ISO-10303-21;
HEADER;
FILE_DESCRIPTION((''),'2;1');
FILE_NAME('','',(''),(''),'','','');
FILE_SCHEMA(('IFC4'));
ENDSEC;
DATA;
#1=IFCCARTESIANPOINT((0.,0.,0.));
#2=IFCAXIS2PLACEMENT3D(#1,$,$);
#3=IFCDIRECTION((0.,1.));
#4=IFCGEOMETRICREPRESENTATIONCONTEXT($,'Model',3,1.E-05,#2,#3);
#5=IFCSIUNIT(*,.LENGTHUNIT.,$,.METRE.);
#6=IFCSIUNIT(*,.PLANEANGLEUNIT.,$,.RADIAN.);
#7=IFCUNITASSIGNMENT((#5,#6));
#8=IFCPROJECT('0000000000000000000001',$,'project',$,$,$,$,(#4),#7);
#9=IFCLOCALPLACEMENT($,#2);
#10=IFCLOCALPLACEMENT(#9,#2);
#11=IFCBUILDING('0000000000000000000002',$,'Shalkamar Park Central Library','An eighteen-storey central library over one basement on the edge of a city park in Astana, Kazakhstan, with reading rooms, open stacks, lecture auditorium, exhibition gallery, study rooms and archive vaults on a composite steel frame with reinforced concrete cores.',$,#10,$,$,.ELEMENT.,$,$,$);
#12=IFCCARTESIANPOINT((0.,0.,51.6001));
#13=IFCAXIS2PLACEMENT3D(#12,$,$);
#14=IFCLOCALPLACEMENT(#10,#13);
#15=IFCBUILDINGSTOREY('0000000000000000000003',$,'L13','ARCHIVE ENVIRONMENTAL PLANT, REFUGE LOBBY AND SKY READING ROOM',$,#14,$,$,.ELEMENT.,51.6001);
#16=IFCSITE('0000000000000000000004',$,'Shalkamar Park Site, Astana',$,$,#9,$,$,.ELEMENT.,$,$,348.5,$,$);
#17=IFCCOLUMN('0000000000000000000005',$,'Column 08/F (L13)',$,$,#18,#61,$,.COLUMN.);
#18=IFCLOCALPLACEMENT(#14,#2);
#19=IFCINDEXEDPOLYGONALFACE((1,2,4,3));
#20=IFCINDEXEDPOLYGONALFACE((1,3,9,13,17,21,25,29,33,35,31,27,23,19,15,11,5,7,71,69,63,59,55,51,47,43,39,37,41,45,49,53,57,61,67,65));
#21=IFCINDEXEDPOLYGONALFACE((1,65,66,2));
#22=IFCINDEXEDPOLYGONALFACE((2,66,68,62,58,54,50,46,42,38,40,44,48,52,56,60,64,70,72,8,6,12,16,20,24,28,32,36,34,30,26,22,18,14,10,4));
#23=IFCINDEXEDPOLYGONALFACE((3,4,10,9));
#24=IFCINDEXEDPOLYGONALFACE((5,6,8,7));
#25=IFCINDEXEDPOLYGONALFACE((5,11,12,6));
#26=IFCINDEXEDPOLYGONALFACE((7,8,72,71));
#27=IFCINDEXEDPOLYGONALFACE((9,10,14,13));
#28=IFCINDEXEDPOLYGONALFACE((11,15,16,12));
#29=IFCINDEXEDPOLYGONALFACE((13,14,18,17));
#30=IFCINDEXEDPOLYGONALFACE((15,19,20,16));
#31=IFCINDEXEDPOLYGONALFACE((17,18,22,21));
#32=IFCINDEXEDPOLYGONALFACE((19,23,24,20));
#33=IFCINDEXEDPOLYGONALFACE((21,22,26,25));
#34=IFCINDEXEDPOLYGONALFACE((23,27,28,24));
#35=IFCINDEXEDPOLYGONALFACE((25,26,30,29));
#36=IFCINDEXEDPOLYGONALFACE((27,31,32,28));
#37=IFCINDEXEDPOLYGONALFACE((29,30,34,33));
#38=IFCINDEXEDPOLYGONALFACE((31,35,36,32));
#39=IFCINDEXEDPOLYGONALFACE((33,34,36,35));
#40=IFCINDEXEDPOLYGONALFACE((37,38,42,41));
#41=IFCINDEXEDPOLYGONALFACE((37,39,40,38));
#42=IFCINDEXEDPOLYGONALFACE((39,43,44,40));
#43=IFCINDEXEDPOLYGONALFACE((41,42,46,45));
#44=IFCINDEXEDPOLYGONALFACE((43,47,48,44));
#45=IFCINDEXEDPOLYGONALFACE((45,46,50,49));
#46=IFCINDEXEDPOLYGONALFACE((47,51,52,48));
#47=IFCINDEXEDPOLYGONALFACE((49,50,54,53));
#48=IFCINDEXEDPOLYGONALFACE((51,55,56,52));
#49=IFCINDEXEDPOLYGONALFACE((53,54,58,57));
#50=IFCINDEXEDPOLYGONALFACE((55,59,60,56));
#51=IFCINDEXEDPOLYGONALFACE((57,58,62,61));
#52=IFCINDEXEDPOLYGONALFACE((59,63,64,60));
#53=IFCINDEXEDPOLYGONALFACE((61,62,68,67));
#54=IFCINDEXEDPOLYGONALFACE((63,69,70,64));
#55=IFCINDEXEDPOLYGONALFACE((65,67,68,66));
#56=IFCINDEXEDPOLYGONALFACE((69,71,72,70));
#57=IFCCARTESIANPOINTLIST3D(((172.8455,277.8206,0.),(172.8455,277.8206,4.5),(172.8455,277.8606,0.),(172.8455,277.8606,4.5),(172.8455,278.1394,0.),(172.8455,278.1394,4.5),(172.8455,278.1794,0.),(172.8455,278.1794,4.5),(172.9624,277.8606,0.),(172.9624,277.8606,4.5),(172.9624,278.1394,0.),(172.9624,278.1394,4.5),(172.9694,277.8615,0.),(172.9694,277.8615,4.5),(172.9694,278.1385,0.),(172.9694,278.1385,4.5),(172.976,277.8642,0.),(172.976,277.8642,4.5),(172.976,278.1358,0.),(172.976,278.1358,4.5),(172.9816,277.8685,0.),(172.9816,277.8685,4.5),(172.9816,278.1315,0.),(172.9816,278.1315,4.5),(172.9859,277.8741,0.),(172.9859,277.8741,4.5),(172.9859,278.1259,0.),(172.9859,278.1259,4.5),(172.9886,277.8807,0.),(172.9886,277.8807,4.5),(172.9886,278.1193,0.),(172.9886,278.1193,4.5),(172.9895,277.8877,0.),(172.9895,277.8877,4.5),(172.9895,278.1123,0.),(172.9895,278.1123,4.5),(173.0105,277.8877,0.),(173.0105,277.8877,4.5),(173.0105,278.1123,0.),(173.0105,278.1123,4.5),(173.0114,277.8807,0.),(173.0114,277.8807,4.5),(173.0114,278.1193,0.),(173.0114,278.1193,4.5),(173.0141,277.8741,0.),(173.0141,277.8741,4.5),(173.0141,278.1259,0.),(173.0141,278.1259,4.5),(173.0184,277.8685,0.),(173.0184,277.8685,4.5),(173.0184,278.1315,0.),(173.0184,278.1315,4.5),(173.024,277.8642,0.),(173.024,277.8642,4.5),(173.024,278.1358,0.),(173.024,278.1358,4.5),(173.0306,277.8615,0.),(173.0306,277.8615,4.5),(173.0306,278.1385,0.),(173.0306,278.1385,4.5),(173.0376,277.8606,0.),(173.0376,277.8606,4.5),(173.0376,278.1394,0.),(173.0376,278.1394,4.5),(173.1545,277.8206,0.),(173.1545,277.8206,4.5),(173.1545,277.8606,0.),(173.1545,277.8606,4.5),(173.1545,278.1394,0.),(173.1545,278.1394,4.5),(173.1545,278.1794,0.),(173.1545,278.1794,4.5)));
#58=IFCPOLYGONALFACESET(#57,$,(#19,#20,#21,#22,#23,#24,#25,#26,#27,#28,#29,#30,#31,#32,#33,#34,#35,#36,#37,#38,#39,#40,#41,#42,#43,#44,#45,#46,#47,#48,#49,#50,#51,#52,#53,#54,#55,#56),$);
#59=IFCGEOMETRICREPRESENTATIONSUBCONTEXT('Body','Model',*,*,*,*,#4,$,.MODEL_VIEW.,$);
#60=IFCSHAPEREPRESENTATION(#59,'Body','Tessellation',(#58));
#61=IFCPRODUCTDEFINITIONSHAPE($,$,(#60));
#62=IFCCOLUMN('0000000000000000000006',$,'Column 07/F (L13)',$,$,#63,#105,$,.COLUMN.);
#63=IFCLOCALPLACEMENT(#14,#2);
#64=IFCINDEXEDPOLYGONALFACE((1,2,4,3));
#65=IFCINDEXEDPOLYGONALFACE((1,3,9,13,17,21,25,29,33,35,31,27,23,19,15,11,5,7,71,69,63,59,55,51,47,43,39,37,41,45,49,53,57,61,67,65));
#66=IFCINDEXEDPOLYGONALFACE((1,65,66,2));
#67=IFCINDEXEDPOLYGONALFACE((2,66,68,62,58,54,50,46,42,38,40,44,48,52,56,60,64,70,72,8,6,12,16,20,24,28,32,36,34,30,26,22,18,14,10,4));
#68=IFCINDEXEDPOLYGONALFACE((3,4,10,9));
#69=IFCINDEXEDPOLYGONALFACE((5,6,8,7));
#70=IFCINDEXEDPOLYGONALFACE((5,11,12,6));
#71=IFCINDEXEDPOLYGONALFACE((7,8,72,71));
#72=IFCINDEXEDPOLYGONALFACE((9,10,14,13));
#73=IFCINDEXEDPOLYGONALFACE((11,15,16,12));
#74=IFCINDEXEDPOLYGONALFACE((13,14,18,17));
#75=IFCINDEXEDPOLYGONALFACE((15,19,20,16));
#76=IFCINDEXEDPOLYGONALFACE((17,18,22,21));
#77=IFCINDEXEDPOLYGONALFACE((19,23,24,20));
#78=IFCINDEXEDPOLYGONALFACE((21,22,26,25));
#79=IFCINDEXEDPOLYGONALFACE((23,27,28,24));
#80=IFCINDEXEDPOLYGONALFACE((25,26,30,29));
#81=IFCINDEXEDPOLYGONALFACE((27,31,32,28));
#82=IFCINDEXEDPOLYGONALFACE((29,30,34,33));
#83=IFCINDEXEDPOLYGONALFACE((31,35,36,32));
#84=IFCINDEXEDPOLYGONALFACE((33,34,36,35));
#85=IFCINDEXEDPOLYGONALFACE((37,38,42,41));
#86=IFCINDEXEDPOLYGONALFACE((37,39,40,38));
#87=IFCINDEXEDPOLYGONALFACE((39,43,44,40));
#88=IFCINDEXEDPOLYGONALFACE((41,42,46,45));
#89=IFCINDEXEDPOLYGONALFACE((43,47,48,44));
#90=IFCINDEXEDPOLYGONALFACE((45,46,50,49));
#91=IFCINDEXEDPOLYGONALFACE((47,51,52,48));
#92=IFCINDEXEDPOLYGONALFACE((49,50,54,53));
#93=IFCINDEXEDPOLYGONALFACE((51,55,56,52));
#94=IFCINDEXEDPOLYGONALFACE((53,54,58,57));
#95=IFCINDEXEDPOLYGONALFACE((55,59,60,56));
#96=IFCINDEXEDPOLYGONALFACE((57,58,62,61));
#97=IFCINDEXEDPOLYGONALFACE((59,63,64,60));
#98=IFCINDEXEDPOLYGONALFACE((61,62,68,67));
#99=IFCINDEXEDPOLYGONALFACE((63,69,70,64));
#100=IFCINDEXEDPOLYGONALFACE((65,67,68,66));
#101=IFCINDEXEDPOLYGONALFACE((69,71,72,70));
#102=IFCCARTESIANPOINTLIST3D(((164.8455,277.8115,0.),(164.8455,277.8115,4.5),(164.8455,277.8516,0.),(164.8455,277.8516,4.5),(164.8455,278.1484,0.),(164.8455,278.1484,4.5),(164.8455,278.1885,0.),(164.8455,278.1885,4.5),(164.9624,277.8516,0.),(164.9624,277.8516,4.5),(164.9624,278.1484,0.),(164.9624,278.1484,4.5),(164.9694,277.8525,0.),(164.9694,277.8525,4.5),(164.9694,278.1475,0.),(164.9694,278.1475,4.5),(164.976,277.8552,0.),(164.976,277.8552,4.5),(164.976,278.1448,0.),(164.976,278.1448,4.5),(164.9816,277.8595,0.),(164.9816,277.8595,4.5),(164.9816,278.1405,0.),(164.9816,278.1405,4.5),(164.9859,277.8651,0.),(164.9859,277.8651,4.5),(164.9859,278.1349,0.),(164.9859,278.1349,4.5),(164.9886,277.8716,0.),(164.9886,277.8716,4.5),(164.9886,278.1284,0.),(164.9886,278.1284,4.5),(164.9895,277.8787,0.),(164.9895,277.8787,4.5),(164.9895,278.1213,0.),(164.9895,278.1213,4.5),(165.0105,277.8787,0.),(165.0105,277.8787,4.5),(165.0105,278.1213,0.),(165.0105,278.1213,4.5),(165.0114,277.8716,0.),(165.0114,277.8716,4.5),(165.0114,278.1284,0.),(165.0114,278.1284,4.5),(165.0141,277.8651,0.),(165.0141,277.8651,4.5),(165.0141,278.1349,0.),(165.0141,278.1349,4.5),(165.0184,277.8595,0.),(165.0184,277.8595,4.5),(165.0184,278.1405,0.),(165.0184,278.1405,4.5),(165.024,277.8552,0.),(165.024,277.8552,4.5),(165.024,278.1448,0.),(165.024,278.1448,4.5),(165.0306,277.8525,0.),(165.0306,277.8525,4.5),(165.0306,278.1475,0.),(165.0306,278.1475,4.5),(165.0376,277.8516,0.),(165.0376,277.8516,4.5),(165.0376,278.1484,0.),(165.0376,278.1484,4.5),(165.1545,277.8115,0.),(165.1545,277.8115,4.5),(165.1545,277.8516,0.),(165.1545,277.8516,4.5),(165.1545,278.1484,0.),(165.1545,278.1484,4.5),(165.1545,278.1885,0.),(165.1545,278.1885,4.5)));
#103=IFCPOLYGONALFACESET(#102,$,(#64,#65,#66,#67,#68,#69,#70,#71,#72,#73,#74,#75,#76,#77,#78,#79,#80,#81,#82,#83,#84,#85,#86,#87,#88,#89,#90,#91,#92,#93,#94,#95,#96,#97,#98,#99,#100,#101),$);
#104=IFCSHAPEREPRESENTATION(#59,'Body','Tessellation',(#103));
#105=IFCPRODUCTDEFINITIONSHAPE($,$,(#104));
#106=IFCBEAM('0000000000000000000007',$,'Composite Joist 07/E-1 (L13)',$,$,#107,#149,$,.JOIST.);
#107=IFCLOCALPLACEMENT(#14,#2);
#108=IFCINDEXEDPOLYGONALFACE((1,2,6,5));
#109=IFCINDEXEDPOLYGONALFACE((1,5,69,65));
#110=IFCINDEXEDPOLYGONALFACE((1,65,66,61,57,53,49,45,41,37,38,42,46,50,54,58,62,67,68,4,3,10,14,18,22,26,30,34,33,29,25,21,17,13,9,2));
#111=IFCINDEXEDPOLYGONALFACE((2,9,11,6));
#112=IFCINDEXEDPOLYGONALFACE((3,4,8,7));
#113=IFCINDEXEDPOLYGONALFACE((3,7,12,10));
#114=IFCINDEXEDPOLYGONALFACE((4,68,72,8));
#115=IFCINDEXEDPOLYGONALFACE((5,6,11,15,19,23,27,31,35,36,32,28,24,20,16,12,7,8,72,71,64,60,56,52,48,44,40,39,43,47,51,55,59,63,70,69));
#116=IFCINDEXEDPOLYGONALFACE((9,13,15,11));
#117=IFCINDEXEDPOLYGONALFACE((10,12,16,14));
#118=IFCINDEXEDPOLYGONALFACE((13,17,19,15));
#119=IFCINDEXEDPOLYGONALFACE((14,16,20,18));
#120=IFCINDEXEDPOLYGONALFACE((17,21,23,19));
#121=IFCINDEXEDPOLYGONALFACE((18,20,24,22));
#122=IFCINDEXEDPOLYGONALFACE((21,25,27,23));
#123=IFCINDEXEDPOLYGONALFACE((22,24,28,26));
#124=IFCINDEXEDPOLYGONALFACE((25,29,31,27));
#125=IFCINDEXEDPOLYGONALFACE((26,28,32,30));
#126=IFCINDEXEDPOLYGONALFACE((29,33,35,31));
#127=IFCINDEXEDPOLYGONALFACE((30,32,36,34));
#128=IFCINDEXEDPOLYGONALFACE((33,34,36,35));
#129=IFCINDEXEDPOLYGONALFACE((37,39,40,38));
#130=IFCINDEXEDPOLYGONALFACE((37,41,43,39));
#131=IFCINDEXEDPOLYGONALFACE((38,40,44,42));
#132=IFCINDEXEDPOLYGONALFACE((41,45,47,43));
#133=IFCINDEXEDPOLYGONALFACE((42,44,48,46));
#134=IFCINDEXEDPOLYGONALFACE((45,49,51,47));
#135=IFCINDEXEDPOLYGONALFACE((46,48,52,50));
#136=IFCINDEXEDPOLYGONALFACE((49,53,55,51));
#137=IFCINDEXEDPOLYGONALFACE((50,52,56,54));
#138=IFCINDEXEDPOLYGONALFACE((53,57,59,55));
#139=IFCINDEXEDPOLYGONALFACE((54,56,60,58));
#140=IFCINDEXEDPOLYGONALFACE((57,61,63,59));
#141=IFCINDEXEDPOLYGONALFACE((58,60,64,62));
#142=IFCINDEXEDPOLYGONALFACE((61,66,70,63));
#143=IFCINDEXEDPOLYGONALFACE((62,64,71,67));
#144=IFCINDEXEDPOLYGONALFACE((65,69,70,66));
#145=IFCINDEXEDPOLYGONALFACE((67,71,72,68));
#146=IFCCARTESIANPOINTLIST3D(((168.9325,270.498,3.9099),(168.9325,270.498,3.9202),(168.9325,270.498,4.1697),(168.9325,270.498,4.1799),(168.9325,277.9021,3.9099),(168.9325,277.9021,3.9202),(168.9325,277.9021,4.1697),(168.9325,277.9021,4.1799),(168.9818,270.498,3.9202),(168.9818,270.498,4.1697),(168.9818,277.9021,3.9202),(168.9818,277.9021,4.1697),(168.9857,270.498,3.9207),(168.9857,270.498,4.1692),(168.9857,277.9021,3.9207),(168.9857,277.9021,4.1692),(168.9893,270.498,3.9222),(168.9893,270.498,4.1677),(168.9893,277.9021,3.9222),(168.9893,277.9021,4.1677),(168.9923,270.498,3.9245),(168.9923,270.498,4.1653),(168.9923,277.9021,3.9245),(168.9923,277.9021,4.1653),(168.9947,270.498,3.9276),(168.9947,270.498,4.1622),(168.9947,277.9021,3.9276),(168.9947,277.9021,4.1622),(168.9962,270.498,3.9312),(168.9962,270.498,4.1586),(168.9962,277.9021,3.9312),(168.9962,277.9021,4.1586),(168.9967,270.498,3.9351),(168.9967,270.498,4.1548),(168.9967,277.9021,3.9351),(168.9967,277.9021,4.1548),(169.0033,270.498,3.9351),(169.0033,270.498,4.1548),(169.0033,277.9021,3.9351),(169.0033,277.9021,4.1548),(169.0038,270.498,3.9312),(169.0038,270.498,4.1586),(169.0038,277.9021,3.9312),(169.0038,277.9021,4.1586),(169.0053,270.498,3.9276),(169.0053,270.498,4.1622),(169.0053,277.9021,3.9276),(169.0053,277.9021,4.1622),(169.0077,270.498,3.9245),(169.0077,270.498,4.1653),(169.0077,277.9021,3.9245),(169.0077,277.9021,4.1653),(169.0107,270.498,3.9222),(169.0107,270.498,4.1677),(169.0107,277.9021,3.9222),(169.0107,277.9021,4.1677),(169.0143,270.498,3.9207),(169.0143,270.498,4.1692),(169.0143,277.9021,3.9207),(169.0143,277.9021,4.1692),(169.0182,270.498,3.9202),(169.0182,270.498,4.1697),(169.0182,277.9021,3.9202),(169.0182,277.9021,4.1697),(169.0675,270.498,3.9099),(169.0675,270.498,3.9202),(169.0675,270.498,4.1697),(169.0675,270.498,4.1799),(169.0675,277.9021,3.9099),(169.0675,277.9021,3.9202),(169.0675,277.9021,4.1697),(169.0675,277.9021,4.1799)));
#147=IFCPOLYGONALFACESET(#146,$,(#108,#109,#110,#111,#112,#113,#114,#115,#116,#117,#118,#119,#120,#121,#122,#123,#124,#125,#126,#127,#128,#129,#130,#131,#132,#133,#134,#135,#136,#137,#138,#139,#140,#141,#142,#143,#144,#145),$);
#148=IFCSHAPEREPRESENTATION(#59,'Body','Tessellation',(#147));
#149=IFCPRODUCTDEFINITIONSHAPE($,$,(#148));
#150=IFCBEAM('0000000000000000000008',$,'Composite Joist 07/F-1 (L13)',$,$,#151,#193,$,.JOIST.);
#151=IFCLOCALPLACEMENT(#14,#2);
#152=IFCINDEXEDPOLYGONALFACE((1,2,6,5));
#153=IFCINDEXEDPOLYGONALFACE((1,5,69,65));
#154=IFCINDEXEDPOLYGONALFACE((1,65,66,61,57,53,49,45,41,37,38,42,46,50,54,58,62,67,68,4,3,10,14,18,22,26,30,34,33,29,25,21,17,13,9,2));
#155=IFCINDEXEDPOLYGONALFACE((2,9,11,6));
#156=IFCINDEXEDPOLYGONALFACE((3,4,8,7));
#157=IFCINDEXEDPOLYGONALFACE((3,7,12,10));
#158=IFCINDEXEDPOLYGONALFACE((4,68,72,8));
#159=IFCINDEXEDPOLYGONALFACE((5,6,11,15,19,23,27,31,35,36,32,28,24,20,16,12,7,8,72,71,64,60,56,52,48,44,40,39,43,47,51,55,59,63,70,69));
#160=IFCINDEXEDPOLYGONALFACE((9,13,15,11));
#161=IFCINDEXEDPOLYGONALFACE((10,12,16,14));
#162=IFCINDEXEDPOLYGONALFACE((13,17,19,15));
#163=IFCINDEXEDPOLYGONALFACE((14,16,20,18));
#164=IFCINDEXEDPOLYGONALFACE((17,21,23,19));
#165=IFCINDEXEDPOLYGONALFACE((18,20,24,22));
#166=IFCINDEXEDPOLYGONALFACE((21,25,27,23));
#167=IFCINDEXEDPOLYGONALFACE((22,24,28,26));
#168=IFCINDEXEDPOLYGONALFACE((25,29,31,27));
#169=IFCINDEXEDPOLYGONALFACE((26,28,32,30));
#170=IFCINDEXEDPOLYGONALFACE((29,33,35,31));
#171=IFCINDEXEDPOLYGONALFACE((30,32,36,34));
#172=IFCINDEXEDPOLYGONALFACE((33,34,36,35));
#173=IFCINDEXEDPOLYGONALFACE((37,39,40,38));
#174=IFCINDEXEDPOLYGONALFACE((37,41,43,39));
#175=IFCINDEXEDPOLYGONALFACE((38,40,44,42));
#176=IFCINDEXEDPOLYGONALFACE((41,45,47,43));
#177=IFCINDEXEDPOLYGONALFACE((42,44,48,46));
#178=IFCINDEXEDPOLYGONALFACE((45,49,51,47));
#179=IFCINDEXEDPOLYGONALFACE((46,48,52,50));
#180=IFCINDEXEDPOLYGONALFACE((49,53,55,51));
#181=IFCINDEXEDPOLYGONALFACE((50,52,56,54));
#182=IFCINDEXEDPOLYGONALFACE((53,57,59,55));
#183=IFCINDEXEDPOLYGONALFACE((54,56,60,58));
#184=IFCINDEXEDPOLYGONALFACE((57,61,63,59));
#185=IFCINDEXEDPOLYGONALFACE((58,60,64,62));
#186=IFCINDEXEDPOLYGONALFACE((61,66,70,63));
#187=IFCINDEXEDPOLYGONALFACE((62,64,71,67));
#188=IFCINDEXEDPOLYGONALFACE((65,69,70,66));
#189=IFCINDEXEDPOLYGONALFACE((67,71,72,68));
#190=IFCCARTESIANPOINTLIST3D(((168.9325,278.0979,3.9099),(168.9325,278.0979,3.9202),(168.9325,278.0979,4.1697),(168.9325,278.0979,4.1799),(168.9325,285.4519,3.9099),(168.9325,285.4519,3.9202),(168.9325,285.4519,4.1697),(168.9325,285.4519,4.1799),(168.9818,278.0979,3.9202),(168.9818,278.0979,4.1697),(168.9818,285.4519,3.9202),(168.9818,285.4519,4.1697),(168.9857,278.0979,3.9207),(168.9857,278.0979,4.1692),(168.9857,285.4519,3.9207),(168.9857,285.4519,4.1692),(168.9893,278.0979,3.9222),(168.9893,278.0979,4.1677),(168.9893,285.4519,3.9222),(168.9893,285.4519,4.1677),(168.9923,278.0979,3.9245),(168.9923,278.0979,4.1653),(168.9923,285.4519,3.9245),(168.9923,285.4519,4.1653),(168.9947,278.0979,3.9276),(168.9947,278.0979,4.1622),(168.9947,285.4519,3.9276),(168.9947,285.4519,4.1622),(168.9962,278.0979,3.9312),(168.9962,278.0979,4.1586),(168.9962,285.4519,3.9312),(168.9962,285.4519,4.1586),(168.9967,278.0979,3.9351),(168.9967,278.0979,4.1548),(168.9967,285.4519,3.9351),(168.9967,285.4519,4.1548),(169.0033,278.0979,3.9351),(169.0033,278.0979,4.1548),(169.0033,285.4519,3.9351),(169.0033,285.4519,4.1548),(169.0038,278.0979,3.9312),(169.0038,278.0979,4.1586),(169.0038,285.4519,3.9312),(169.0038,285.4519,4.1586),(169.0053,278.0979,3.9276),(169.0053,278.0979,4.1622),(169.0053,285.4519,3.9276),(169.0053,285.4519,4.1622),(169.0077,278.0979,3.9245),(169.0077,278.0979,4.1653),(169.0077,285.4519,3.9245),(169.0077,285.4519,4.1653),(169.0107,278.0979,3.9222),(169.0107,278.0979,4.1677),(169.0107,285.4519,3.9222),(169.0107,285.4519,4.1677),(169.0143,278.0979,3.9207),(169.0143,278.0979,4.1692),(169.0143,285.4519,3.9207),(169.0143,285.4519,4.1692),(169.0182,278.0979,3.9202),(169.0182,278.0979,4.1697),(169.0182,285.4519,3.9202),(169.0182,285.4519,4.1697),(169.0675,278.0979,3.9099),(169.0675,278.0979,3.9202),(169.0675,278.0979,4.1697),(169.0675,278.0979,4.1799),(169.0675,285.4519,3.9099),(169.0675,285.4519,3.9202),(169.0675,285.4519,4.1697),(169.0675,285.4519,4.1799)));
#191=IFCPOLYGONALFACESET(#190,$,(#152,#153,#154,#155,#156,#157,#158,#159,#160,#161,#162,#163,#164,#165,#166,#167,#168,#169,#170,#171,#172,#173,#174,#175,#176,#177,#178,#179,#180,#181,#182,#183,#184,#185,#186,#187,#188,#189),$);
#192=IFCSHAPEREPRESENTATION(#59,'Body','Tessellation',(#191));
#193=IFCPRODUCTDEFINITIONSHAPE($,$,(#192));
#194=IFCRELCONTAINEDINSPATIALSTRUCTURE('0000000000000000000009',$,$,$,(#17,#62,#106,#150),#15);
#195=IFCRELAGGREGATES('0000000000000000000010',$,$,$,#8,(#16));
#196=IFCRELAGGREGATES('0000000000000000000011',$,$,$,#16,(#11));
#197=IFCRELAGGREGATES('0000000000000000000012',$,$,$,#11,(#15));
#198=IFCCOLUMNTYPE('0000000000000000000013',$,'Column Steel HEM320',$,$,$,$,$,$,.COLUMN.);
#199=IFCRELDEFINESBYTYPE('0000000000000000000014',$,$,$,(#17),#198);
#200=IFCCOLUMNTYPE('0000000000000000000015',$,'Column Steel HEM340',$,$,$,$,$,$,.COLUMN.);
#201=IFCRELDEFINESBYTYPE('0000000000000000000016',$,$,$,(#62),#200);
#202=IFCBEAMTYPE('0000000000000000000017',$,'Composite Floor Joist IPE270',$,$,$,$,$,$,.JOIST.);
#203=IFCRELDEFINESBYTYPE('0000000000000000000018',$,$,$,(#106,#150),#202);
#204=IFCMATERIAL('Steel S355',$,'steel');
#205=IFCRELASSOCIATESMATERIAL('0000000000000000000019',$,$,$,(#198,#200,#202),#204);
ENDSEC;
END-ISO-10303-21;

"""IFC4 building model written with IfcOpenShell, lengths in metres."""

from ifc_helpers import new_model, si_unit, direction, frame, origin, origin_2d, place, context, subcontext, project, spatial, i_section, extrude, material, material_profile, profile_set, type_object, element, save


model = new_model("IFC4")

# Units and contexts
model_context = context("Model", 3, precision=1e-05, world=origin(), true_north=direction((0.0, 1.0)))
body_context = subcontext(model_context, "Body", "Model", "MODEL_VIEW")
ifc_project = project(units=[si_unit("LENGTHUNIT", "METRE"), si_unit("PLANEANGLEUNIT", "RADIAN")], contexts=[model_context])

# Site, building, storey
site_placement = place(None, origin())
site = spatial("IfcSite", under=ifc_project, at=site_placement, Name="Shalkamar Park Site, Astana", CompositionType="ELEMENT", RefElevation=348.5)
building_placement = place(site_placement, origin())
building = spatial("IfcBuilding", under=site, at=building_placement, Name="Shalkamar Park Central Library", Description="An eighteen-storey central library over one basement on the edge of a city park in Astana, Kazakhstan, with reading rooms, open stacks, lecture auditorium, exhibition gallery, study rooms and archive vaults on a composite steel frame with reinforced concrete cores.", CompositionType="ELEMENT")
storey_placement = place(building_placement, frame((0.0, 0.0, 51.6001)))
storey = spatial("IfcBuildingStorey", under=building, at=storey_placement, Name="L13", Description="ARCHIVE ENVIRONMENTAL PLANT, REFUGE LOBBY AND SKY READING ROOM", CompositionType="ELEMENT", Elevation=51.6001)

# Columns
ifc_material_1 = material(Name="Steel S355", Category="steel")
ifc_material_profile_1 = material_profile(ifc_material_1, i_section(OverallWidth=0.3091, OverallDepth=0.3589, WebThickness=0.021, FlangeThickness=0.04, FilletRadius=0.0271, at=origin_2d()), Name="HEM 320")
ifc_profile_set_1 = profile_set([ifc_material_profile_1], Name="Steel S355")
column_type_1 = type_object("IfcColumnType", Name="Column Steel HEM320", PredefinedType="COLUMN", material=ifc_profile_set_1)
column_1_placement = place(storey_placement, frame((173.0, 278.0, 0.0), z_axis=(0.0, 0.0, 1.0), x_axis=(1.0, 0.0, 0.0)))
element("IfcColumn", 1, at=column_1_placement, inside=storey, type_object=column_type_1, Name="Column 08/F (L13)", PredefinedType="COLUMN", context=body_context, shape_type="SweptSolid", body=[
    extrude(i_section(OverallWidth=0.3091, OverallDepth=0.3589, WebThickness=0.021, FlangeThickness=0.04, FilletRadius=0.0271, at=origin_2d()), origin(), (0.0, 0.0, 1.0), 4.5),
])
ifc_material_profile_2 = material_profile(ifc_material_1, i_section(OverallWidth=0.3091, OverallDepth=0.377, WebThickness=0.021, FlangeThickness=0.04, FilletRadius=0.0271, at=origin_2d()), Name="HEM 340")
ifc_profile_set_2 = profile_set([ifc_material_profile_2], Name="Steel S355")
column_type_2 = type_object("IfcColumnType", Name="Column Steel HEM340", PredefinedType="COLUMN", material=ifc_profile_set_2)
column_2_placement = place(storey_placement, frame((165.0, 278.0, 0.0), z_axis=(0.0, 0.0, 1.0), x_axis=(1.0, 0.0, 0.0)))
element("IfcColumn", 2, at=column_2_placement, inside=storey, type_object=column_type_2, Name="Column 07/F (L13)", PredefinedType="COLUMN", context=body_context, shape_type="SweptSolid", body=[
    extrude(i_section(OverallWidth=0.3091, OverallDepth=0.377, WebThickness=0.021, FlangeThickness=0.04, FilletRadius=0.0271, at=origin_2d()), origin(), (0.0, 0.0, 1.0), 4.5),
])

# Beams
ifc_material_profile_3 = material_profile(ifc_material_1, i_section(OverallWidth=0.135, OverallDepth=0.27, WebThickness=0.0066, FlangeThickness=0.0103, FilletRadius=0.0149, at=origin_2d()), Name="IPE 270")
ifc_profile_set_3 = profile_set([ifc_material_profile_3], Name="Steel S355")
beam_type_1 = type_object("IfcBeamType", Name="Composite Floor Joist IPE270", PredefinedType="JOIST", material=ifc_profile_set_3)
beam_1_placement = place(storey_placement, frame((169.0, 270.498, 4.0449), z_axis=(0.0, 1.0, 0.0), x_axis=(-1.0, 0.0, 0.0)))
element("IfcBeam", 3, at=beam_1_placement, inside=storey, type_object=beam_type_1, Name="Composite Joist 07/E-1 (L13)", PredefinedType="JOIST", context=body_context, shape_type="SweptSolid", body=[
    extrude(i_section(OverallWidth=0.135, OverallDepth=0.27, WebThickness=0.0066, FlangeThickness=0.0103, FilletRadius=0.0149, at=origin_2d()), origin(), (0.0, 0.0, 1.0), 7.4041),
])
beam_2_placement = place(storey_placement, frame((169.0, 278.0979, 4.0449), z_axis=(0.0, 1.0, 0.0), x_axis=(-1.0, 0.0, 0.0)))
element("IfcBeam", 4, at=beam_2_placement, inside=storey, type_object=beam_type_1, Name="Composite Joist 07/F-1 (L13)", PredefinedType="JOIST", context=body_context, shape_type="SweptSolid", body=[
    extrude(i_section(OverallWidth=0.135, OverallDepth=0.27, WebThickness=0.0066, FlangeThickness=0.0103, FilletRadius=0.0149, at=origin_2d()), origin(), (0.0, 0.0, 1.0), 7.354),
])

save(model, "model.ifc")
